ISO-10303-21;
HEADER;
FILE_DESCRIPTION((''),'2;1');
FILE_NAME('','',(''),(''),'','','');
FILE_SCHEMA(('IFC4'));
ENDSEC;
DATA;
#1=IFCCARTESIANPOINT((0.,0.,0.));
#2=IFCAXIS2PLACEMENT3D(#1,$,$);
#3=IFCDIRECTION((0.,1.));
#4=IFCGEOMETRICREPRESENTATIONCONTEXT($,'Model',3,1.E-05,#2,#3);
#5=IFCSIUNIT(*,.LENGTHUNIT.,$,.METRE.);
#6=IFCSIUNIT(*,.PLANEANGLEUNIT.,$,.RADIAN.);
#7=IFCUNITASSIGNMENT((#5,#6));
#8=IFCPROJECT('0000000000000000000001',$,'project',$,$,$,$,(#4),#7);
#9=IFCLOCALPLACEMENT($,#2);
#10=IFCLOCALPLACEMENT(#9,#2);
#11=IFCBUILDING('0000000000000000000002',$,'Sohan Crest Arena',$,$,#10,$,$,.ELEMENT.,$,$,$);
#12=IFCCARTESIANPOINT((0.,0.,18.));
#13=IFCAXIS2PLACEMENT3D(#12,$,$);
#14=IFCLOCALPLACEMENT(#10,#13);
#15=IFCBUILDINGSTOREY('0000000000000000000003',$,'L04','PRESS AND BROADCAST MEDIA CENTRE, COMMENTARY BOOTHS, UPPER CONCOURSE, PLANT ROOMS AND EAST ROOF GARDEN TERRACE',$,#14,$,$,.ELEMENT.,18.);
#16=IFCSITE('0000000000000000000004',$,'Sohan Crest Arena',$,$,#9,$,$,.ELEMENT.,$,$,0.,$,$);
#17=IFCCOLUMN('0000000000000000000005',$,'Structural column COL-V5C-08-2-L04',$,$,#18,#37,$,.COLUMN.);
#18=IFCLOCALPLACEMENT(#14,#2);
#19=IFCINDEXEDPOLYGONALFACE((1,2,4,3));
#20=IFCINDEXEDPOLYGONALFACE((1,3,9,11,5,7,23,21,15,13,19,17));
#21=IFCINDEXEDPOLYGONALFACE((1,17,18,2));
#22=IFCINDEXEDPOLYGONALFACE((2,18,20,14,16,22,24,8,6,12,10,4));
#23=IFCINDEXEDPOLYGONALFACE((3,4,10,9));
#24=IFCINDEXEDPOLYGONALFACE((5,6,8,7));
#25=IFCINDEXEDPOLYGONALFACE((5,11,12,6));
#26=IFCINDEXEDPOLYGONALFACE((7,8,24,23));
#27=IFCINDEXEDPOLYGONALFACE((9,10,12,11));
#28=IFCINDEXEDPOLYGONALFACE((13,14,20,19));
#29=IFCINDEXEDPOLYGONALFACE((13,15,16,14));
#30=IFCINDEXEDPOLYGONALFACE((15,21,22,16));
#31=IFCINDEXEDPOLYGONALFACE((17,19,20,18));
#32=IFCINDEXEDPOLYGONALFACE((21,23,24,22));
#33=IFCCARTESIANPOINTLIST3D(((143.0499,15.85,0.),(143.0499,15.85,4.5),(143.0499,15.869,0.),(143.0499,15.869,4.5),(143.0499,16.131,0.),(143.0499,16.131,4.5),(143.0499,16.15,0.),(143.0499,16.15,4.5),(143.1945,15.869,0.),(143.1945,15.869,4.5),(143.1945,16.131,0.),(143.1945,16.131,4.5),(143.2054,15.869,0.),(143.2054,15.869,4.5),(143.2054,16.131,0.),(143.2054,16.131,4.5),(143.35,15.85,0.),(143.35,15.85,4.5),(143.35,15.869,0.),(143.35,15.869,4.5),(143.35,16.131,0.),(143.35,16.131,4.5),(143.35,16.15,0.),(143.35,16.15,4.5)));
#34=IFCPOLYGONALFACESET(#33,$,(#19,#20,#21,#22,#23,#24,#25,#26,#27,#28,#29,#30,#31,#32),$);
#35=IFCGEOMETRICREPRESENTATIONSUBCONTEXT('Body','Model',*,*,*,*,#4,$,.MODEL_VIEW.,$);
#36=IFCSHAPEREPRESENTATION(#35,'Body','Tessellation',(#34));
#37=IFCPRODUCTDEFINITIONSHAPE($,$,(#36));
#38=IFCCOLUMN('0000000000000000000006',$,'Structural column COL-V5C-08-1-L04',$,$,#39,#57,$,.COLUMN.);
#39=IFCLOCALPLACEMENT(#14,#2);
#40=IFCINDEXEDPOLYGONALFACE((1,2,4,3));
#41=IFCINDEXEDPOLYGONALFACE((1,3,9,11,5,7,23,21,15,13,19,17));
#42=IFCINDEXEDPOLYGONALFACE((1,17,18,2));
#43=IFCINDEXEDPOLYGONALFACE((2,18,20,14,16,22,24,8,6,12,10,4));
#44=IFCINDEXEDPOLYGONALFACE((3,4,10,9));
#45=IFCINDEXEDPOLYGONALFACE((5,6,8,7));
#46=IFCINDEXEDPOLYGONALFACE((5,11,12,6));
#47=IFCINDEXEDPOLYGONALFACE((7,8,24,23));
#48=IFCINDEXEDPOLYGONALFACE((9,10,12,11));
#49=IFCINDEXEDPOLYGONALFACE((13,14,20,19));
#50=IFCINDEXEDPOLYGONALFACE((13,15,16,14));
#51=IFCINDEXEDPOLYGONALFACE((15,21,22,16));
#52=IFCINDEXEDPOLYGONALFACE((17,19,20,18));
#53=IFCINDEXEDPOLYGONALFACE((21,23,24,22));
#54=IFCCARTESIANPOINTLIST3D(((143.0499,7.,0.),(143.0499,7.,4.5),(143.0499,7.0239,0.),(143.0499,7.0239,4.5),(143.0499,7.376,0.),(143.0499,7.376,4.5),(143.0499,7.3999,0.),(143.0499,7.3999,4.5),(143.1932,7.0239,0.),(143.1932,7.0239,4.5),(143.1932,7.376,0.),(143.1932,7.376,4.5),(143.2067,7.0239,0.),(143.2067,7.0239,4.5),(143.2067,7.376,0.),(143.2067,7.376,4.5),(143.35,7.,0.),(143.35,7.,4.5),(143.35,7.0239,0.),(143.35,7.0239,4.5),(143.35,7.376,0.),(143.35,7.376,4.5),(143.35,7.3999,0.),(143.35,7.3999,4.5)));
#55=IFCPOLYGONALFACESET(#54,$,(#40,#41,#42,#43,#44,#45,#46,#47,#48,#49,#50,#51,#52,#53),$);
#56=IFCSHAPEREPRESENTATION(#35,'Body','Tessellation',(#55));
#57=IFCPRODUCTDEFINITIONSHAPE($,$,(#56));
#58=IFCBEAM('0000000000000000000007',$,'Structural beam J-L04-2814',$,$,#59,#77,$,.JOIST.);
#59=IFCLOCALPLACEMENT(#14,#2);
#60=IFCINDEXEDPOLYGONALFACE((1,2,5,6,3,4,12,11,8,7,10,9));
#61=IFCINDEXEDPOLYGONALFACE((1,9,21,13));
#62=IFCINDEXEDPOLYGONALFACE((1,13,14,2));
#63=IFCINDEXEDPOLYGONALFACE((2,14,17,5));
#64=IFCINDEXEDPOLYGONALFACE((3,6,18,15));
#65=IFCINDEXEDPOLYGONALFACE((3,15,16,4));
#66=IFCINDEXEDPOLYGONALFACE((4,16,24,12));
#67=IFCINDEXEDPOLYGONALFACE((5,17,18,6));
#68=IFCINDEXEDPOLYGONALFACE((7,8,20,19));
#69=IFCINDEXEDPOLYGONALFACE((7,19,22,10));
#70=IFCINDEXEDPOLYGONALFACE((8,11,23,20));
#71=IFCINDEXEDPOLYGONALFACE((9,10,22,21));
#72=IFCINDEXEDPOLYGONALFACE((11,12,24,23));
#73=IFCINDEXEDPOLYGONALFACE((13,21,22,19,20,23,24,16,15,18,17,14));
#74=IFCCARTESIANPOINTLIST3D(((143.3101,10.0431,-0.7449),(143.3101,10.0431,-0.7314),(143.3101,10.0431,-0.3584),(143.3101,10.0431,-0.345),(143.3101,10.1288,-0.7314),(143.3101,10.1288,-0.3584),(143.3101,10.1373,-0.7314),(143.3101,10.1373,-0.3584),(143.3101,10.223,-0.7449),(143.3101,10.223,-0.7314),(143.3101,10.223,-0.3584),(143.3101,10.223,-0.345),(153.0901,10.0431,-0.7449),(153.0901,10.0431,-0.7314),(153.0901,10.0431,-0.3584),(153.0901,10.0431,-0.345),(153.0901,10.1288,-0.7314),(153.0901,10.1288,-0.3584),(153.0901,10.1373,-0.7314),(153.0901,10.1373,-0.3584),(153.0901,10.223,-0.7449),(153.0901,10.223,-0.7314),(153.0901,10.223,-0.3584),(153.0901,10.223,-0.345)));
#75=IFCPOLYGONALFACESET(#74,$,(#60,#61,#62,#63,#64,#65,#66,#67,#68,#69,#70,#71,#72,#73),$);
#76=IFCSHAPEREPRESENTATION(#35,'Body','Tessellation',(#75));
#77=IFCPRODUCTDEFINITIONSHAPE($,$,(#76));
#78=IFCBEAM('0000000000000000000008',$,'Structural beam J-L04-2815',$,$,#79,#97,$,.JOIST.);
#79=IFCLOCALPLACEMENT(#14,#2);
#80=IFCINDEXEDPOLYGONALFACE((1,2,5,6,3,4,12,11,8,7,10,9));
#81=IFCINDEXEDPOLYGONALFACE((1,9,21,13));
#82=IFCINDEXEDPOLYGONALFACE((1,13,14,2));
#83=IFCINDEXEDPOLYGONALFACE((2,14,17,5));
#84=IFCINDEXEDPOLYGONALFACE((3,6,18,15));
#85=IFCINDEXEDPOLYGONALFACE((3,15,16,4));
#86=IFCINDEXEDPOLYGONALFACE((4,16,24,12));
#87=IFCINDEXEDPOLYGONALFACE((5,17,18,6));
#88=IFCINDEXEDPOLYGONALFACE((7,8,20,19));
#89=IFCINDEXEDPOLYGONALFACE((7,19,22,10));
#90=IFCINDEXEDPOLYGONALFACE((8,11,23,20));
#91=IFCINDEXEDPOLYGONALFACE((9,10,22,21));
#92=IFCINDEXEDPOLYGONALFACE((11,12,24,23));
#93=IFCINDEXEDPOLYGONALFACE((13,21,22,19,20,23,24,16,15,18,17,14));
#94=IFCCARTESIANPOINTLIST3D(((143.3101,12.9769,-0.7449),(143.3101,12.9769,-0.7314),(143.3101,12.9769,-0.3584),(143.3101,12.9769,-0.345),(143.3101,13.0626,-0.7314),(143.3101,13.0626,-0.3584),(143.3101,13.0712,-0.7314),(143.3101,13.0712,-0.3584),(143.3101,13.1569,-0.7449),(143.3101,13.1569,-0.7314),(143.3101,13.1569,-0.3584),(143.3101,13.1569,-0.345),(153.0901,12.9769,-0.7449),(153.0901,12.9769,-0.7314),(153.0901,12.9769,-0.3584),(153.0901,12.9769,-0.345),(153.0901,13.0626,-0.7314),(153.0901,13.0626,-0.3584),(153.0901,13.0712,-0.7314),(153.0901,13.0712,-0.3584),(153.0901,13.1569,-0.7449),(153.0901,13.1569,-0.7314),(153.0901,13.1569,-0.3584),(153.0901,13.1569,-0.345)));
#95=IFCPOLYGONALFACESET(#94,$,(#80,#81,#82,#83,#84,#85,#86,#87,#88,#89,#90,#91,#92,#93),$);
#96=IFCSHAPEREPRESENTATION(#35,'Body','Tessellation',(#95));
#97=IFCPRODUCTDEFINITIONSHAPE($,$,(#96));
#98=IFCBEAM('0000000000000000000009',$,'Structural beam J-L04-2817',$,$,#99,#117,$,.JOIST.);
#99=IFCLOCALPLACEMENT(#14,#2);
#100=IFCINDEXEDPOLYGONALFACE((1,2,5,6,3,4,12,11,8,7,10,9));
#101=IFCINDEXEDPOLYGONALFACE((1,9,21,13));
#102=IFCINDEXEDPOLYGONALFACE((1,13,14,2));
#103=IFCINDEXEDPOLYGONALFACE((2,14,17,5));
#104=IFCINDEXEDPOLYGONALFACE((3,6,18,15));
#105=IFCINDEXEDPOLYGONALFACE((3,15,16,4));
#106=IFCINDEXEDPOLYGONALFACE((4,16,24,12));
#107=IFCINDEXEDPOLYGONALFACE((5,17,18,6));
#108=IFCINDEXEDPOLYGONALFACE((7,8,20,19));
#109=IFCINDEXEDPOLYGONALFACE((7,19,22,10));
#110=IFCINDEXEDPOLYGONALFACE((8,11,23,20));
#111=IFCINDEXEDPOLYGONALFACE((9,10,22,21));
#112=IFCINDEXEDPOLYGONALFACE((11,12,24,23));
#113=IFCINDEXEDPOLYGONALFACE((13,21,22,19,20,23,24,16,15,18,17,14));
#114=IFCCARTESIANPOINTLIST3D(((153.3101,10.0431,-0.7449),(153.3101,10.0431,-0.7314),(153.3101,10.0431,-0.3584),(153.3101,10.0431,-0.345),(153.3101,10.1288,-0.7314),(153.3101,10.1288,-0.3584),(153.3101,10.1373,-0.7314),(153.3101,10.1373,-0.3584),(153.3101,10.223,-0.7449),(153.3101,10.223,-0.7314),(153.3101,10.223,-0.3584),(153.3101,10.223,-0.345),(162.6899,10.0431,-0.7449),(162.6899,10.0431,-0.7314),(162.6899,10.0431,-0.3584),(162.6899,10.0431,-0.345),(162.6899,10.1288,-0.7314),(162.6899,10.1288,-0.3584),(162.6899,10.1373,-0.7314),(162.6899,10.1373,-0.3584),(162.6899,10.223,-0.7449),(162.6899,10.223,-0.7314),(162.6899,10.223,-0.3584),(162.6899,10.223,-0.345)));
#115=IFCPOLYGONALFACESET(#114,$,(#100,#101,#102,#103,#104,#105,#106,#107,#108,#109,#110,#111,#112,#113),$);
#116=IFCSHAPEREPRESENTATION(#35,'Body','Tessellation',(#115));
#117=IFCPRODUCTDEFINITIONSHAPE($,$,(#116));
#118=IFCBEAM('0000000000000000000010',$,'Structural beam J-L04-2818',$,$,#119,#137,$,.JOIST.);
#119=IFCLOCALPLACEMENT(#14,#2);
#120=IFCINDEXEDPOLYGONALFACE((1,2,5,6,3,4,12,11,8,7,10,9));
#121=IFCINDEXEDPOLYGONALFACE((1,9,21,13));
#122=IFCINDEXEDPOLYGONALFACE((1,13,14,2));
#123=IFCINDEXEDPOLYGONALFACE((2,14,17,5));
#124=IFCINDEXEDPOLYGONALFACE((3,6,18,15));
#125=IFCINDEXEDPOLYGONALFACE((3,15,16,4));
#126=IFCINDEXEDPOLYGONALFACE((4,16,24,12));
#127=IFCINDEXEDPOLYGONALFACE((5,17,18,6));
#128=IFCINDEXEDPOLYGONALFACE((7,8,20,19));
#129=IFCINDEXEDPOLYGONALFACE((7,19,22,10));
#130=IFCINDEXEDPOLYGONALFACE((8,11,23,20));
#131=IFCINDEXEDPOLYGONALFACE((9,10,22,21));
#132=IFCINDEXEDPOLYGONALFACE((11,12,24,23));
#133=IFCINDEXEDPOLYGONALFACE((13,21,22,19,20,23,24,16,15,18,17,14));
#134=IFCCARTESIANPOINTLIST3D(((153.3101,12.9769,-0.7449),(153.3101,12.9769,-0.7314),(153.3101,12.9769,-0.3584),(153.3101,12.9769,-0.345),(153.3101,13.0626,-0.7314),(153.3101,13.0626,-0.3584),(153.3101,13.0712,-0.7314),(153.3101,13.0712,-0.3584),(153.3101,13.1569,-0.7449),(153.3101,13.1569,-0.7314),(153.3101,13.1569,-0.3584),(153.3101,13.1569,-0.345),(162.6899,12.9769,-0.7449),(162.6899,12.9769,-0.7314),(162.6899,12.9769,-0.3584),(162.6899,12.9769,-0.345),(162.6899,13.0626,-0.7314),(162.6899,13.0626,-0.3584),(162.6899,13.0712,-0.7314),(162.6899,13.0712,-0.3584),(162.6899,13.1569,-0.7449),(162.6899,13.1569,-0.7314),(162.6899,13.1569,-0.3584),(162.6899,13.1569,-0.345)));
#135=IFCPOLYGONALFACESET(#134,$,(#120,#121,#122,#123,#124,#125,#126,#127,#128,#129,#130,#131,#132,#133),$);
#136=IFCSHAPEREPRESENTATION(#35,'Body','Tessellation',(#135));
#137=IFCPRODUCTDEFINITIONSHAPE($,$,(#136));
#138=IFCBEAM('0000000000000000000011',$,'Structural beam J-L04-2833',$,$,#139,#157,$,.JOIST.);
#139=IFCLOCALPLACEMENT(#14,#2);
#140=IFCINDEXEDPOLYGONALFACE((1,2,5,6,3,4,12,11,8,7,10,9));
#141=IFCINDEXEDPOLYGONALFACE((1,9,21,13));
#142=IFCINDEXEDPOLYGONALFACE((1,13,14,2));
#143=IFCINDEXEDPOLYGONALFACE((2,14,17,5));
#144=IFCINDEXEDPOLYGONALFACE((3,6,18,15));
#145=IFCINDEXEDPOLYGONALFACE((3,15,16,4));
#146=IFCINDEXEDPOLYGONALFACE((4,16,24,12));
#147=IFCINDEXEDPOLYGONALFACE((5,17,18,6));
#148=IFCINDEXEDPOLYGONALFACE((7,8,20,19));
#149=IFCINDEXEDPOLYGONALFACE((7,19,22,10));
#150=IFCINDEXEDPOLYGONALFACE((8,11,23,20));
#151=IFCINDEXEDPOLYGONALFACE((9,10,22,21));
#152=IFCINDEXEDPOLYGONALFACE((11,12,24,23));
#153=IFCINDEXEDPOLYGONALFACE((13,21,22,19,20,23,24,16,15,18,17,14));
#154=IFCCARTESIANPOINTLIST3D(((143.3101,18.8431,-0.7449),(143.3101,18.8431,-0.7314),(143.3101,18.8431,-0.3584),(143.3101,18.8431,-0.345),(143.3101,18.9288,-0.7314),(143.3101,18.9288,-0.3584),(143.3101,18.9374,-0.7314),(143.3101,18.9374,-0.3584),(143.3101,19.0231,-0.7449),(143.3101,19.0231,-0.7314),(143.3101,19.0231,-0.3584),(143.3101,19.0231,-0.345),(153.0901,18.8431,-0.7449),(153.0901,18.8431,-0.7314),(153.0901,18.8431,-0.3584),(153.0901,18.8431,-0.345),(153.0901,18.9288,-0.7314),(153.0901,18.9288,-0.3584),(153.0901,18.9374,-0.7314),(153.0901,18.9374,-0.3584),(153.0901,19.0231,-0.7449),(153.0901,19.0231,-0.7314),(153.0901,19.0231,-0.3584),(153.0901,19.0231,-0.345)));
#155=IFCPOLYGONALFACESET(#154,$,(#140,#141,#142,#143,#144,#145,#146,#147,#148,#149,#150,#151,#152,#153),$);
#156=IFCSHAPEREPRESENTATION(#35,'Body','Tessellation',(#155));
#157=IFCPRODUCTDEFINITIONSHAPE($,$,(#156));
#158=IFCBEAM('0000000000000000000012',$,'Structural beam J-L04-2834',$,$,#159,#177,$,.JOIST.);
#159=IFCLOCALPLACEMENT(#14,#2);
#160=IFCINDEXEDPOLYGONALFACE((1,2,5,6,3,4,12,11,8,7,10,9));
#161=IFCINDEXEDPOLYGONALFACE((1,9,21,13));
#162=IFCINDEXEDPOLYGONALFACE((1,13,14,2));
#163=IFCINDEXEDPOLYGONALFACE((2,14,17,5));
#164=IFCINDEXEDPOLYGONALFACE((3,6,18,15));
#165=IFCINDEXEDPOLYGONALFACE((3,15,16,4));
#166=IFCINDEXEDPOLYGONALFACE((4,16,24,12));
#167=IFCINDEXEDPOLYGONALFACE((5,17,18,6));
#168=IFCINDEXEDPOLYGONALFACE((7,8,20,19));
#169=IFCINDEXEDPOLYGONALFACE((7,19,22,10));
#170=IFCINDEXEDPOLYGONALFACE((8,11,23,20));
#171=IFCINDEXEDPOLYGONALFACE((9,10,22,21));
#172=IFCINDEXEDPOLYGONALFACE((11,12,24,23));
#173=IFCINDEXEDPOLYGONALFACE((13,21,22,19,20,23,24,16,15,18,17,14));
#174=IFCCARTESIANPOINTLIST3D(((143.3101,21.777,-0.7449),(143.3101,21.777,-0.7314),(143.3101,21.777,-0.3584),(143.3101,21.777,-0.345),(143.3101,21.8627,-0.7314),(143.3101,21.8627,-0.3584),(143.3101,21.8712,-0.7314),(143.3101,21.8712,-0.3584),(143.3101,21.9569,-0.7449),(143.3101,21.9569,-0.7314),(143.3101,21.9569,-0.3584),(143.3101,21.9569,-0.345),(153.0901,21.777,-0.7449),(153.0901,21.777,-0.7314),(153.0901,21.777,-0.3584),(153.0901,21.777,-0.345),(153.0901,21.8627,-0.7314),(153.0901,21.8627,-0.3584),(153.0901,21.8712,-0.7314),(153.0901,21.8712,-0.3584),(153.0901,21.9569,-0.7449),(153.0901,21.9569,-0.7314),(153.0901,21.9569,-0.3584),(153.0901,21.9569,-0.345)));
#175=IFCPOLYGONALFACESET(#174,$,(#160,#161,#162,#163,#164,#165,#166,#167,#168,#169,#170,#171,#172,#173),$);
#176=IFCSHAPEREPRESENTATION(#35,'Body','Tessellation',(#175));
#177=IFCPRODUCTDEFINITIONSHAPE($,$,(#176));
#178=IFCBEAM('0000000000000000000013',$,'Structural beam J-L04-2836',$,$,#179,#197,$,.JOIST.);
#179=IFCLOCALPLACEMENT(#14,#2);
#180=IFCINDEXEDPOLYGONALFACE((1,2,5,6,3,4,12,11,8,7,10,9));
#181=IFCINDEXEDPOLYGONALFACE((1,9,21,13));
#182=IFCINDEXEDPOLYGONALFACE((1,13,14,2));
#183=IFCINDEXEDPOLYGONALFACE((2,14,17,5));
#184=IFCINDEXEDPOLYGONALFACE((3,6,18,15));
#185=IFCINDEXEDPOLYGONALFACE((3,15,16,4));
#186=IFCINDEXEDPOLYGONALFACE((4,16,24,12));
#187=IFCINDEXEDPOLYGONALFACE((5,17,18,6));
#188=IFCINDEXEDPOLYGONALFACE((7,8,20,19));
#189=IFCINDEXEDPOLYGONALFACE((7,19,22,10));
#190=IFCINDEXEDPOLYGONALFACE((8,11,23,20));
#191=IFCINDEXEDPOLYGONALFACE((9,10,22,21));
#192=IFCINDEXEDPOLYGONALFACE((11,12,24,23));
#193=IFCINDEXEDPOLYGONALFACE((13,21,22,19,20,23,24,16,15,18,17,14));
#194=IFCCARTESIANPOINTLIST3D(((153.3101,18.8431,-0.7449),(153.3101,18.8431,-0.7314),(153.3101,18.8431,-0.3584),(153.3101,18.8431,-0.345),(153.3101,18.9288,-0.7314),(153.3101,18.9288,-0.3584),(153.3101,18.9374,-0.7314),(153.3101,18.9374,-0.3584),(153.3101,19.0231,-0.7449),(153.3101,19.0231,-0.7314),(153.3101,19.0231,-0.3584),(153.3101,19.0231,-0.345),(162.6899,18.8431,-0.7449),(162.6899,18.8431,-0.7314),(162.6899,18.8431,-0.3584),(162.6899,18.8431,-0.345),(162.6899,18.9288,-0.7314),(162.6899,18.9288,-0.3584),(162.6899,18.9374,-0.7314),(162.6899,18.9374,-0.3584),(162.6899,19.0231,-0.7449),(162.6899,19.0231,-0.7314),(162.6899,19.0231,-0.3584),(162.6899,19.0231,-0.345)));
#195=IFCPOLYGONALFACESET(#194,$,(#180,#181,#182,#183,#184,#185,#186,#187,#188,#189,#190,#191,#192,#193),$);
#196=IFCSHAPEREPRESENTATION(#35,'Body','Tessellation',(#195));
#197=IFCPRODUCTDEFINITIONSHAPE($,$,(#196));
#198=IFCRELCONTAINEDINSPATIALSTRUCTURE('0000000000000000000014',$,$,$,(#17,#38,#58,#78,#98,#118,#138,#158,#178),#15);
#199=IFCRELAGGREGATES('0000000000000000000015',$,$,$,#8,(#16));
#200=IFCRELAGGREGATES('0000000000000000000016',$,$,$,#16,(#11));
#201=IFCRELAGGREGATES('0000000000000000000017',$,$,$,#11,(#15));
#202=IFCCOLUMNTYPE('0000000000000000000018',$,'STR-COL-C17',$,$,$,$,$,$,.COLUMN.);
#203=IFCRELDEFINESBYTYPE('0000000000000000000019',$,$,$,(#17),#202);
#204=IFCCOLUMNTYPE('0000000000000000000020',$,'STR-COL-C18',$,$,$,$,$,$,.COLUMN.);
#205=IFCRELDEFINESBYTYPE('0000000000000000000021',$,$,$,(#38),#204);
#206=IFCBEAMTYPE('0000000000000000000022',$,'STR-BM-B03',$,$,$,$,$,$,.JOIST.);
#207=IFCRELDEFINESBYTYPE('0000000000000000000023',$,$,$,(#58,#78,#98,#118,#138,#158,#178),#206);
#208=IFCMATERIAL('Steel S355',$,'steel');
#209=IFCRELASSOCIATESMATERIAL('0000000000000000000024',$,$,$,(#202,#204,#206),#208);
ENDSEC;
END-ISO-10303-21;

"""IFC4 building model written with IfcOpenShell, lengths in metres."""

from ifc_helpers import new_model, si_unit, direction, frame, origin, origin_2d, place, context, subcontext, project, spatial, i_section, extrude, material, material_profile, profile_set, type_object, element, save


model = new_model("IFC4")

# Units and contexts
model_context = context("Model", 3, precision=1e-05, world=origin(), true_north=direction((0.0, 1.0)))
body_context = subcontext(model_context, "Body", "Model", "MODEL_VIEW")
ifc_project = project(units=[si_unit("LENGTHUNIT", "METRE"), si_unit("PLANEANGLEUNIT", "RADIAN")], contexts=[model_context])

# Site, building, storey
site_placement = place(None, origin())
site = spatial("IfcSite", under=ifc_project, at=site_placement, Name="Sohan Crest Arena", CompositionType="ELEMENT", RefElevation=0.0)
building_placement = place(site_placement, origin())
building = spatial("IfcBuilding", under=site, at=building_placement, Name="Sohan Crest Arena", CompositionType="ELEMENT")
storey_placement = place(building_placement, frame((0.0, 0.0, 18.0)))
storey = spatial("IfcBuildingStorey", under=building, at=storey_placement, Name="L04", Description="PRESS AND BROADCAST MEDIA CENTRE, COMMENTARY BOOTHS, UPPER CONCOURSE, PLANT ROOMS AND EAST ROOF GARDEN TERRACE", CompositionType="ELEMENT", Elevation=18.0)

# Columns
ifc_material_1 = material(Name="Steel S355", Category="steel")
ifc_material_profile_1 = material_profile(ifc_material_1, i_section(OverallWidth=0.3, OverallDepth=0.3, WebThickness=0.011, FlangeThickness=0.019, at=origin_2d()), Name="HEB 300")
ifc_profile_set_1 = profile_set([ifc_material_profile_1], Name="Steel S355")
column_type_1 = type_object("IfcColumnType", Name="STR-COL-C17", PredefinedType="COLUMN", material=ifc_profile_set_1)
column_1_placement = place(storey_placement, frame((143.2, 16.0, 0.0), z_axis=(0.0, 0.0, 1.0), x_axis=(1.0, 0.0, 0.0)))
element("IfcColumn", 1, at=column_1_placement, inside=storey, type_object=column_type_1, Name="Structural column COL-V5C-08-2-L04", PredefinedType="COLUMN", context=body_context, shape_type="SweptSolid", body=[
    extrude(i_section(OverallWidth=0.3, OverallDepth=0.3, WebThickness=0.011, FlangeThickness=0.019, at=origin_2d()), origin(), (0.0, 0.0, 1.0), 4.5),
])
ifc_material_profile_2 = material_profile(ifc_material_1, i_section(OverallWidth=0.3, OverallDepth=0.3999, WebThickness=0.0134, FlangeThickness=0.0239, at=origin_2d()), Name="HEB 400")
ifc_profile_set_2 = profile_set([ifc_material_profile_2], Name="Steel S355")
column_type_2 = type_object("IfcColumnType", Name="STR-COL-C18", PredefinedType="COLUMN", material=ifc_profile_set_2)
column_2_placement = place(storey_placement, frame((143.2, 7.2, 0.0), z_axis=(0.0, 0.0, 1.0), x_axis=(1.0, 0.0, 0.0)))
element("IfcColumn", 2, at=column_2_placement, inside=storey, type_object=column_type_2, Name="Structural column COL-V5C-08-1-L04", PredefinedType="COLUMN", context=body_context, shape_type="SweptSolid", body=[
    extrude(i_section(OverallWidth=0.3, OverallDepth=0.3999, WebThickness=0.0134, FlangeThickness=0.0239, at=origin_2d()), origin(), (0.0, 0.0, 1.0), 4.5),
])

# Beams
ifc_material_profile_3 = material_profile(ifc_material_1, i_section(OverallWidth=0.1799, OverallDepth=0.3999, WebThickness=0.0085, FlangeThickness=0.0134, at=origin_2d()), Name="IPE 400")
ifc_profile_set_3 = profile_set([ifc_material_profile_3], Name="Steel S355")
beam_type_1 = type_object("IfcBeamType", Name="STR-BM-B03", PredefinedType="JOIST", material=ifc_profile_set_3)
for number, where, z_axis, x_axis, name in (
    (3, (143.3101, 10.1331, -0.5449), (1.0, 0.0, 0.0), (0.0, 1.0, 0.0), "Structural beam J-L04-2814"),
    (4, (143.3101, 13.0669, -0.5449), (1.0, 0.0, 0.0), (0.0, 1.0, 0.0), "Structural beam J-L04-2815"),
):
    element("IfcBeam", number, at=place(storey_placement, frame(where, z_axis=z_axis, x_axis=x_axis)), inside=storey, type_object=beam_type_1, Name=name, PredefinedType="JOIST", context=body_context, shape_type="SweptSolid", body=[
        extrude(i_section(OverallWidth=0.1799, OverallDepth=0.3999, WebThickness=0.0085, FlangeThickness=0.0134, at=origin_2d()), origin(), (0.0, 0.0, 1.0), 9.78),
    ])
for number, where, z_axis, x_axis, name in (
    (5, (153.3101, 10.1331, -0.5449), (1.0, 0.0, 0.0), (0.0, 1.0, 0.0), "Structural beam J-L04-2817"),
    (6, (153.3101, 13.0669, -0.5449), (1.0, 0.0, 0.0), (0.0, 1.0, 0.0), "Structural beam J-L04-2818"),
):
    element("IfcBeam", number, at=place(storey_placement, frame(where, z_axis=z_axis, x_axis=x_axis)), inside=storey, type_object=beam_type_1, Name=name, PredefinedType="JOIST", context=body_context, shape_type="SweptSolid", body=[
        extrude(i_section(OverallWidth=0.1799, OverallDepth=0.3999, WebThickness=0.0085, FlangeThickness=0.0134, at=origin_2d()), origin(), (0.0, 0.0, 1.0), 9.3799),
    ])
for number, where, z_axis, x_axis, name in (
    (7, (143.3101, 18.9331, -0.5449), (1.0, 0.0, 0.0), (0.0, 1.0, 0.0), "Structural beam J-L04-2833"),
    (8, (143.3101, 21.8669, -0.5449), (1.0, 0.0, 0.0), (0.0, 1.0, 0.0), "Structural beam J-L04-2834"),
):
    element("IfcBeam", number, at=place(storey_placement, frame(where, z_axis=z_axis, x_axis=x_axis)), inside=storey, type_object=beam_type_1, Name=name, PredefinedType="JOIST", context=body_context, shape_type="SweptSolid", body=[
        extrude(i_section(OverallWidth=0.1799, OverallDepth=0.3999, WebThickness=0.0085, FlangeThickness=0.0134, at=origin_2d()), origin(), (0.0, 0.0, 1.0), 9.78),
    ])
for number, where, z_axis, x_axis, name in (
    (9, (153.3101, 18.9331, -0.5449), (1.0, 0.0, 0.0), (0.0, 1.0, 0.0), "Structural beam J-L04-2836"),
):
    element("IfcBeam", number, at=place(storey_placement, frame(where, z_axis=z_axis, x_axis=x_axis)), inside=storey, type_object=beam_type_1, Name=name, PredefinedType="JOIST", context=body_context, shape_type="SweptSolid", body=[
        extrude(i_section(OverallWidth=0.1799, OverallDepth=0.3999, WebThickness=0.0085, FlangeThickness=0.0134, at=origin_2d()), origin(), (0.0, 0.0, 1.0), 9.3799),
    ])

save(model, "model.ifc")
